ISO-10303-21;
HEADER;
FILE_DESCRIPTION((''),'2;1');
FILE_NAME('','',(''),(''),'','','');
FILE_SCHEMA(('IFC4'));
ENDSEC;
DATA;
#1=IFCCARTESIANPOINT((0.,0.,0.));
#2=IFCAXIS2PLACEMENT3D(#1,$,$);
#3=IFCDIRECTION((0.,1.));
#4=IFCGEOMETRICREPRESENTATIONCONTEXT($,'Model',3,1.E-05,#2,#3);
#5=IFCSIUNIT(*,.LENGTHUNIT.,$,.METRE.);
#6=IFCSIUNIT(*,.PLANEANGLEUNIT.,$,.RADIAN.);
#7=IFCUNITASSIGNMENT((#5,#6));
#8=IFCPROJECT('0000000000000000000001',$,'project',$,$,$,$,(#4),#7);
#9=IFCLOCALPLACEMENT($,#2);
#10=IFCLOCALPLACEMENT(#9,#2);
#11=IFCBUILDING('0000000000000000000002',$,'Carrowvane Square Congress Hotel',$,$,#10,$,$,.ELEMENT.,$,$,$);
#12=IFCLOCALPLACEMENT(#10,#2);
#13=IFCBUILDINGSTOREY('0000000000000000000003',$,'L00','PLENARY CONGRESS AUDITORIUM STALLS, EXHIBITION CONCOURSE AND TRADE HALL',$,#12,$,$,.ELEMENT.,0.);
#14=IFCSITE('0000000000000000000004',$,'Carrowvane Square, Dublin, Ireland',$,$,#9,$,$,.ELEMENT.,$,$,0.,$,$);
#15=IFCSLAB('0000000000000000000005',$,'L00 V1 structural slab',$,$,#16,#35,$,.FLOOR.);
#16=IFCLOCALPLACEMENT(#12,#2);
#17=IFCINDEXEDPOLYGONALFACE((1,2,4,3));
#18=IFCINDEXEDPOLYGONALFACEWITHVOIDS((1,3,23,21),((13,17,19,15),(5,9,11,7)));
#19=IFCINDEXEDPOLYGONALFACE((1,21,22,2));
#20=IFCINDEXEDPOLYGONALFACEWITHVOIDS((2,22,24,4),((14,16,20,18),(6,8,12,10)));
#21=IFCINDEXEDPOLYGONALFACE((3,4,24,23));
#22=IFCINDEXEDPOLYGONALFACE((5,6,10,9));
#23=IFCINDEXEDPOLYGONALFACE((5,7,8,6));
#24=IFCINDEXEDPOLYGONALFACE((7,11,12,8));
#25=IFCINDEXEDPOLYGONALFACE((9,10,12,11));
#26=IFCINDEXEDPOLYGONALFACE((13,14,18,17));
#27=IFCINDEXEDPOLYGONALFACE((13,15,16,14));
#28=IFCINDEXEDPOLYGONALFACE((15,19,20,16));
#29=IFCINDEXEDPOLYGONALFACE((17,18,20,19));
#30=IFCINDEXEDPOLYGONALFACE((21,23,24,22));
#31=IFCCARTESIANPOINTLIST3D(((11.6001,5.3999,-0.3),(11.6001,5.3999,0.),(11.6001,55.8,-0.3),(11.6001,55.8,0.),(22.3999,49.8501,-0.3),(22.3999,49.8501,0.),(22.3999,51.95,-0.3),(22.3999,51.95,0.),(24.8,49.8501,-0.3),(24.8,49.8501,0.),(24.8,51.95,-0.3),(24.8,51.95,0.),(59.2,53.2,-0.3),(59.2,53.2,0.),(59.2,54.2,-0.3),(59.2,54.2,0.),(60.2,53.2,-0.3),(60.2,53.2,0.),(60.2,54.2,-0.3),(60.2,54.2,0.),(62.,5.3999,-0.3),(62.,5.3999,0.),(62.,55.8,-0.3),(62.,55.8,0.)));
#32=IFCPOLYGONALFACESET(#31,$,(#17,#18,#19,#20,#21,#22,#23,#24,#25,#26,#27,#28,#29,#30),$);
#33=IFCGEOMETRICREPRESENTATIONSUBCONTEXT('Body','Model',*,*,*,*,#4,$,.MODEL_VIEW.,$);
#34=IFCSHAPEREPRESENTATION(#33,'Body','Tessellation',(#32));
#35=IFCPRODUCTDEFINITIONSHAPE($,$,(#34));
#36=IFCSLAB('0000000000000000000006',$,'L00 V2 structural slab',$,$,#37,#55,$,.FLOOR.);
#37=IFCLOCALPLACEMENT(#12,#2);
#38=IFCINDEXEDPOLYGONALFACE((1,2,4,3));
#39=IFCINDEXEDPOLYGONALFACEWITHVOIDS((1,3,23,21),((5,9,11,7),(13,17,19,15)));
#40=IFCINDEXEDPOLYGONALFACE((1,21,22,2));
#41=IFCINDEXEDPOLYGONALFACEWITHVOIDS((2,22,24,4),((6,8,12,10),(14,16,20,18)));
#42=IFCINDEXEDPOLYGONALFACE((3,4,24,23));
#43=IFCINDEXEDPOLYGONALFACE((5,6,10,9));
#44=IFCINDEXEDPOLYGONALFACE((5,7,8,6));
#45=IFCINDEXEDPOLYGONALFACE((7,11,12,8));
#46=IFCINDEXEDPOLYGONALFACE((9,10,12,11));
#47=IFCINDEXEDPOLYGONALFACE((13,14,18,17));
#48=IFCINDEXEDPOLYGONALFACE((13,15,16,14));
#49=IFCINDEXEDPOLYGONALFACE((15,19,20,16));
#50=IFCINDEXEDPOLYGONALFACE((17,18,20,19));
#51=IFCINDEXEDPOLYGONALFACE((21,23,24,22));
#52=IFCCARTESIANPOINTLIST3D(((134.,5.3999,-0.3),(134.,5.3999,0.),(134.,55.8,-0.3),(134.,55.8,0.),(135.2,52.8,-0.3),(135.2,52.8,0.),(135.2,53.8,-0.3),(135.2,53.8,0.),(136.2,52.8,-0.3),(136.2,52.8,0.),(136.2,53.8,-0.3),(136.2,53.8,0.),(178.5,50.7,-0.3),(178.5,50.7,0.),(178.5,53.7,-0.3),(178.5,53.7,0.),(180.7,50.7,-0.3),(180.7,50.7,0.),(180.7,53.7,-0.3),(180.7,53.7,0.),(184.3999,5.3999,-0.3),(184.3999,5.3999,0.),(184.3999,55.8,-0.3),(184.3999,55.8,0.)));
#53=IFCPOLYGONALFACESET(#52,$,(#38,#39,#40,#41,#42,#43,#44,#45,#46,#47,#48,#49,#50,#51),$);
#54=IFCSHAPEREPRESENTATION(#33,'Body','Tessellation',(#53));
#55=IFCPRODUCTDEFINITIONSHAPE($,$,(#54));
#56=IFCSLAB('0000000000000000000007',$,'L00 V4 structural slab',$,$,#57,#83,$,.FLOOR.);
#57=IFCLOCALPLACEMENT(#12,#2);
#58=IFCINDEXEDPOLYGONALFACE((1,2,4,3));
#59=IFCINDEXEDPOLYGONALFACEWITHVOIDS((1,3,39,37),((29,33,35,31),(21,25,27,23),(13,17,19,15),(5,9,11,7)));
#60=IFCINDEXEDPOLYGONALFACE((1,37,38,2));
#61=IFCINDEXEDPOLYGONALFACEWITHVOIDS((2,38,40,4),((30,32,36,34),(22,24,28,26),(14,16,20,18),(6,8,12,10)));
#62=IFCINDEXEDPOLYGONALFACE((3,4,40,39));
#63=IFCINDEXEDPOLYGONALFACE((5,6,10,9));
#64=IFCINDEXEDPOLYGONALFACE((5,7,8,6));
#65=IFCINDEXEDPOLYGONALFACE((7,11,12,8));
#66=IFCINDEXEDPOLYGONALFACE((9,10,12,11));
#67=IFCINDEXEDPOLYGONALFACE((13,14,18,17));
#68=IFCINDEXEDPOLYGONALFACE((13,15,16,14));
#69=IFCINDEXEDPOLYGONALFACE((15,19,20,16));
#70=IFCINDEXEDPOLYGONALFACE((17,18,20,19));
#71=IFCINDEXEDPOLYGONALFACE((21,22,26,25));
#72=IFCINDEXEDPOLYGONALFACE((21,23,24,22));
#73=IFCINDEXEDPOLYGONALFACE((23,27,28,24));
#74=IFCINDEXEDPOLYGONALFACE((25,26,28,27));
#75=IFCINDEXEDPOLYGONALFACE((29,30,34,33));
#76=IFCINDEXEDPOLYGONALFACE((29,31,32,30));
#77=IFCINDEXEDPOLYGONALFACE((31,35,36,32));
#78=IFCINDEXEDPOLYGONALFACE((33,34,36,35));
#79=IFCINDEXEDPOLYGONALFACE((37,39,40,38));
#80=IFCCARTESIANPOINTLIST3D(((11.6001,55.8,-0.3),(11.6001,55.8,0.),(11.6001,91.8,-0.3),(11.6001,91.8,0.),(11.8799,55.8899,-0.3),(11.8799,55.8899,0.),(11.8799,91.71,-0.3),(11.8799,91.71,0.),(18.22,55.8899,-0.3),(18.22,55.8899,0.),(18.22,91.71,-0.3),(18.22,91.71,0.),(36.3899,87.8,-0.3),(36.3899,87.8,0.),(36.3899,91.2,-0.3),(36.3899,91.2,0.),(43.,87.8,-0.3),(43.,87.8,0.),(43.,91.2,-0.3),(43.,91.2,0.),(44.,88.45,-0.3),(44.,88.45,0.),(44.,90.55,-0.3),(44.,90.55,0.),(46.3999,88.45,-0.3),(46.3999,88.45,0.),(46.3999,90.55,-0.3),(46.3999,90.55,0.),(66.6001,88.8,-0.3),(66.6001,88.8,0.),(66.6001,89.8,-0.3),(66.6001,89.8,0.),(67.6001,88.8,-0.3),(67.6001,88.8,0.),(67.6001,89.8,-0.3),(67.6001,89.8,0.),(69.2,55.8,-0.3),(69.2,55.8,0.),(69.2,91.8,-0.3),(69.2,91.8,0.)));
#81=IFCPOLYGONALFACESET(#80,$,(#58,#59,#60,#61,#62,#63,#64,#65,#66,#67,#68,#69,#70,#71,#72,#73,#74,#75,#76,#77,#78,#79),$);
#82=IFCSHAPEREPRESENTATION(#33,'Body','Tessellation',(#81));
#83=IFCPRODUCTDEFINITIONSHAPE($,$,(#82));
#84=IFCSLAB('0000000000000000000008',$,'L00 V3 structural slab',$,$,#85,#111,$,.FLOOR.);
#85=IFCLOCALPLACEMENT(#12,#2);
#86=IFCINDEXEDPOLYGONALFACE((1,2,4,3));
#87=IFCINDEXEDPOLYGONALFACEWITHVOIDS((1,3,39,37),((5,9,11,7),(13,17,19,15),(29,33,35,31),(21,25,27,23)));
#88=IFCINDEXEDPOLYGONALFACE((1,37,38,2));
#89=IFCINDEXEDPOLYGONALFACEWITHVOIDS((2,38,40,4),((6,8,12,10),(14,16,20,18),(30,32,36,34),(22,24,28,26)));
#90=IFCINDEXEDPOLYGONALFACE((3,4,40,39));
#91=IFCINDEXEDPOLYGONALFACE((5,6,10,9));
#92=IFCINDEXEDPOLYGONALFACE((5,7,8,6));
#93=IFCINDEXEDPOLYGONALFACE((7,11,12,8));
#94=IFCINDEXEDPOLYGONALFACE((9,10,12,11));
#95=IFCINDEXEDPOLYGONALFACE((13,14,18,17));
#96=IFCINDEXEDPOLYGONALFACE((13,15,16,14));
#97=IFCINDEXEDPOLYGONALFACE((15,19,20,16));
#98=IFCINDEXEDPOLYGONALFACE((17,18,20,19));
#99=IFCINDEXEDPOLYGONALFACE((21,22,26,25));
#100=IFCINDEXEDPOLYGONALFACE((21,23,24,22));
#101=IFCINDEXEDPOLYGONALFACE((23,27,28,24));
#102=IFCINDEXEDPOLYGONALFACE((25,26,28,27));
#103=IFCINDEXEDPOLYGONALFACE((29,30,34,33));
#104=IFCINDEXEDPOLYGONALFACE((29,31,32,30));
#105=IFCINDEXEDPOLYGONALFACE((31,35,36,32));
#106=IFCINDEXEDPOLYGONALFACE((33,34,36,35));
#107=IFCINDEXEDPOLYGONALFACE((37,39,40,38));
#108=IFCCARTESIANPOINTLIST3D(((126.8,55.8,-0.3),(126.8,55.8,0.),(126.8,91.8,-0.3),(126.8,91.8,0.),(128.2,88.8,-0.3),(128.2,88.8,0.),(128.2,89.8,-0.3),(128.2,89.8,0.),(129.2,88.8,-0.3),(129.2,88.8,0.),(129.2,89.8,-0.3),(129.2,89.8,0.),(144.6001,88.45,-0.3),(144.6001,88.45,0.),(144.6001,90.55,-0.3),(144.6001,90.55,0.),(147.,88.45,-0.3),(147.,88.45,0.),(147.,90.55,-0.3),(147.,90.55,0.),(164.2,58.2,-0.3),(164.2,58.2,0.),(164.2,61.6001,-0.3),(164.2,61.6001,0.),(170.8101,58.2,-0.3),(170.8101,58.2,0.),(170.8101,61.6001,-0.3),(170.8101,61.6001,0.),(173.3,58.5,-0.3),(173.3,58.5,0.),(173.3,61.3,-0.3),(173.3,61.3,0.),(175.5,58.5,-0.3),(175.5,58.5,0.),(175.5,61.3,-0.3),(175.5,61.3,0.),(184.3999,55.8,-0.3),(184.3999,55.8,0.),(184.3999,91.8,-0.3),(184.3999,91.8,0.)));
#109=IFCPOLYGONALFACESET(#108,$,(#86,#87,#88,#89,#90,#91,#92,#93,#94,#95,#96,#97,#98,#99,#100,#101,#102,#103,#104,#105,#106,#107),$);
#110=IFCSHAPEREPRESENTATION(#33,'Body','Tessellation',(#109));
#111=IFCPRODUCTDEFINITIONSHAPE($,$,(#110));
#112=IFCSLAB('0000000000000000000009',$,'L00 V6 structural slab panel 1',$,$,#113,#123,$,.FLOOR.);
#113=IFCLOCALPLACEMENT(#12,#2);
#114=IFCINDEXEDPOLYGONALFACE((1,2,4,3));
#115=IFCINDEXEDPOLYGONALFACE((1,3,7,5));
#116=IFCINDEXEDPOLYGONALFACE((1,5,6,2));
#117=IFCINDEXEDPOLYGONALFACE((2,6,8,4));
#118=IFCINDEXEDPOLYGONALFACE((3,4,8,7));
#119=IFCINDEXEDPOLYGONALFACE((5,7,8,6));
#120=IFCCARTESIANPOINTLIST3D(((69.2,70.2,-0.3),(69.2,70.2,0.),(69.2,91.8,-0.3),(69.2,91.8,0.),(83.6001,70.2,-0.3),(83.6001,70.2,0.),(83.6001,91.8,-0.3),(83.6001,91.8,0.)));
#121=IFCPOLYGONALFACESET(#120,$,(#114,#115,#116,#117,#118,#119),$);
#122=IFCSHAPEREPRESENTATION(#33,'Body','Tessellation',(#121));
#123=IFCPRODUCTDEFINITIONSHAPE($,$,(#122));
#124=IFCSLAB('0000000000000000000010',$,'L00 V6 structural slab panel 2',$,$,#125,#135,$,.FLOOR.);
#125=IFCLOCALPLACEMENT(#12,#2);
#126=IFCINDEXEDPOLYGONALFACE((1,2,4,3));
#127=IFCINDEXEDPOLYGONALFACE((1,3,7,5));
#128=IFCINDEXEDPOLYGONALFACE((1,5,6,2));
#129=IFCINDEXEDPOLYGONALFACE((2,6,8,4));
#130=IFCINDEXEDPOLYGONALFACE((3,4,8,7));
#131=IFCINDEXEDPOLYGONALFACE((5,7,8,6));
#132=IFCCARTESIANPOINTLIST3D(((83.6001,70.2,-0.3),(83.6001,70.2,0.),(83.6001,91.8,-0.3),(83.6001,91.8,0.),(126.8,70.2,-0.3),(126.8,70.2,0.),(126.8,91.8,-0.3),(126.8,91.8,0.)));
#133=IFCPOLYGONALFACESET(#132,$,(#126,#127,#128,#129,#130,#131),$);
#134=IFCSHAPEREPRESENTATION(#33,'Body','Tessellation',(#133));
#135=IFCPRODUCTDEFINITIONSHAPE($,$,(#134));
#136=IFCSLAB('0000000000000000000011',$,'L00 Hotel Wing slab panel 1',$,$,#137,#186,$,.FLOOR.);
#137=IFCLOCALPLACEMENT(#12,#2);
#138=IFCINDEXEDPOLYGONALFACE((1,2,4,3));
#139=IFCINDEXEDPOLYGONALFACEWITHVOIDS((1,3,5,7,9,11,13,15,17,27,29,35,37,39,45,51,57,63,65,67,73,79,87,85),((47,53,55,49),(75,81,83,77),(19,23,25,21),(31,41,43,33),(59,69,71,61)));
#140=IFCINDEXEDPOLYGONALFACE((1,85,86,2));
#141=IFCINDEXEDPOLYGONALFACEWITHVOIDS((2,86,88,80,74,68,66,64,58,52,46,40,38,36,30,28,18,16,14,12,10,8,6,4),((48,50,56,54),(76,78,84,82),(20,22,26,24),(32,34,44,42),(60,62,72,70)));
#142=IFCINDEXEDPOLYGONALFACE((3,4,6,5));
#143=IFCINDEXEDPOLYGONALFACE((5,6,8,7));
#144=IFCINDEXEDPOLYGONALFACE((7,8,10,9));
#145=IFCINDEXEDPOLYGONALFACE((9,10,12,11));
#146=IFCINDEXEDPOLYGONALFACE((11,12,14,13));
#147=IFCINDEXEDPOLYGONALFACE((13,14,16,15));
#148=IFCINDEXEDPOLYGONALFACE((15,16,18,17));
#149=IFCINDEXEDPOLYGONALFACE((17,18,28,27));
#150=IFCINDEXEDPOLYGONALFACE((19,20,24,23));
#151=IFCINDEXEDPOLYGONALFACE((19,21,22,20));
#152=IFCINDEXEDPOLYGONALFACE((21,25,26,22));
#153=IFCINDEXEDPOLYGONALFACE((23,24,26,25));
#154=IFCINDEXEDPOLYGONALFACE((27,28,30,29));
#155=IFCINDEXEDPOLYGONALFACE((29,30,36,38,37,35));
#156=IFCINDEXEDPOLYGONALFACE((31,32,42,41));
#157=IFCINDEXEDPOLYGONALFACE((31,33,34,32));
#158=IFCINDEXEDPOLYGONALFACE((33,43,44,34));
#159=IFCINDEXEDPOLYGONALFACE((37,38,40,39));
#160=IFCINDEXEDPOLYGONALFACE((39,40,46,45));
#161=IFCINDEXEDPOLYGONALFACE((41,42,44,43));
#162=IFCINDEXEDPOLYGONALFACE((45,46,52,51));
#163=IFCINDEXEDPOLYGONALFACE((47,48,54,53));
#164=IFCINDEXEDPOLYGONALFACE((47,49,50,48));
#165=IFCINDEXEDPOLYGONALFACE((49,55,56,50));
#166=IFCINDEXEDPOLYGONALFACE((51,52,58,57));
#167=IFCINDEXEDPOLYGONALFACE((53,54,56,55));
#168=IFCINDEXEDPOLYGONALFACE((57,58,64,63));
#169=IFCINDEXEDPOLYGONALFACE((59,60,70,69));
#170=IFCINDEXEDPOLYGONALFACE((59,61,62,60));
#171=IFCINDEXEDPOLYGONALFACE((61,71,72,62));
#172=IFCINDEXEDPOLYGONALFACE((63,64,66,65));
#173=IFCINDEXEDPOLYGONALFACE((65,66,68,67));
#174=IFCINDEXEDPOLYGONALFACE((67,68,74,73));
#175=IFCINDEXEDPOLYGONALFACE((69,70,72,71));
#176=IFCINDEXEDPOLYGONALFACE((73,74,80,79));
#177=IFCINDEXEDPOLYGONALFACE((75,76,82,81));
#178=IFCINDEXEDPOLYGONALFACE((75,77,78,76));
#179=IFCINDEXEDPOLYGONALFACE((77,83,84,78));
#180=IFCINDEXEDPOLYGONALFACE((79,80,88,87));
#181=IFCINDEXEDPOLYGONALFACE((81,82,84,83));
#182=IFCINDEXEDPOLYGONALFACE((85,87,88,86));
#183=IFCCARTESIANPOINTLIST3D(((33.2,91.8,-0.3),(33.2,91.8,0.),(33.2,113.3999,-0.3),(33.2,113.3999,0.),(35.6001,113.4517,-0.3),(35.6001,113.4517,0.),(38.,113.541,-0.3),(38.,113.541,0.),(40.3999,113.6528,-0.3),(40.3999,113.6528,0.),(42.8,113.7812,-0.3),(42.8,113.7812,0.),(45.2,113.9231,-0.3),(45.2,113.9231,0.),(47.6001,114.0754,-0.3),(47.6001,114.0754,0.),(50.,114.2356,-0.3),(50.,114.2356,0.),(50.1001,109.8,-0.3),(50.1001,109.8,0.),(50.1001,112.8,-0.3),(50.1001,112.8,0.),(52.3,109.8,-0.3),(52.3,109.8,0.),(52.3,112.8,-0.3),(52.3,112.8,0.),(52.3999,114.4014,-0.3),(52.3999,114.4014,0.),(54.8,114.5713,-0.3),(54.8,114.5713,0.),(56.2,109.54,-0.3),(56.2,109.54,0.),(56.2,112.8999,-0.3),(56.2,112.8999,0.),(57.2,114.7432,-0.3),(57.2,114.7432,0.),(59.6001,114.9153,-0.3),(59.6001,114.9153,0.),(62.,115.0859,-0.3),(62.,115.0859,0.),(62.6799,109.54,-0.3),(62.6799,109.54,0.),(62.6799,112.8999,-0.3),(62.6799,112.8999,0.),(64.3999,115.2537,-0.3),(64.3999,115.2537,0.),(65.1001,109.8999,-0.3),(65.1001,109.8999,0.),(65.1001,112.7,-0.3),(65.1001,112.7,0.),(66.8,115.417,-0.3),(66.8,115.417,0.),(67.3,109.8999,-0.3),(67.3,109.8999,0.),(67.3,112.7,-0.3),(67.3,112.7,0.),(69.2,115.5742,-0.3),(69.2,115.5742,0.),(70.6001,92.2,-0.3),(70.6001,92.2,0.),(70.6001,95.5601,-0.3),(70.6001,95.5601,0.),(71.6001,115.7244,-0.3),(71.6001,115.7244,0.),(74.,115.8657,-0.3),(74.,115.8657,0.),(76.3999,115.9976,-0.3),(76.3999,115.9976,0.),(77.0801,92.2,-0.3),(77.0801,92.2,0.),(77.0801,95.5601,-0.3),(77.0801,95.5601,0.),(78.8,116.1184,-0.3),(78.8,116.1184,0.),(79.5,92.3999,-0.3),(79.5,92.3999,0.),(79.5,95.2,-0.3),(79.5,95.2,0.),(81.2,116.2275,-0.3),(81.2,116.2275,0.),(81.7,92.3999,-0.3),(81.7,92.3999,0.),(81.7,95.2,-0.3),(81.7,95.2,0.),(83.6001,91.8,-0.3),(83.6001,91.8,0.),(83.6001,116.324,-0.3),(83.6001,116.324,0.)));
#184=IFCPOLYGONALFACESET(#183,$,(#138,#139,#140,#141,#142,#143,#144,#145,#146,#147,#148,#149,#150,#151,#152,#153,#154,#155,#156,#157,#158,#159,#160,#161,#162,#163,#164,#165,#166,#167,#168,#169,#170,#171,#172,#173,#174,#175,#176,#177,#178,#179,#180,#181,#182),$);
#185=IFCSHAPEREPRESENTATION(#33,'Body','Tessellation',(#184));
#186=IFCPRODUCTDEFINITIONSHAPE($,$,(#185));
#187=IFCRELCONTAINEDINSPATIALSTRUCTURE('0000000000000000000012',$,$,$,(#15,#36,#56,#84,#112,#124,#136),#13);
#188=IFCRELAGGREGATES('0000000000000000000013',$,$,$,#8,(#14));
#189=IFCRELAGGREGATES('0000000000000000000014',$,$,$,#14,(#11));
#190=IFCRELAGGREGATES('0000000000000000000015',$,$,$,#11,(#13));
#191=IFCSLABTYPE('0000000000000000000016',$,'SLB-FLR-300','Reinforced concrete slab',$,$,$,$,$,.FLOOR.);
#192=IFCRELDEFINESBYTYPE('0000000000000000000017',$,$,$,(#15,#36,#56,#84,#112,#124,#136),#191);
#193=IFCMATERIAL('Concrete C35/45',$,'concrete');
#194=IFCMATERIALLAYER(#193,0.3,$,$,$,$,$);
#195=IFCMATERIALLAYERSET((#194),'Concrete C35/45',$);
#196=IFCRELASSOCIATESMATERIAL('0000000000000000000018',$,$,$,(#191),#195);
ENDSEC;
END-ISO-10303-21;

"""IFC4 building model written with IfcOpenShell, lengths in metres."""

from ifc_helpers import new_model, si_unit, direction, frame, origin, place, context, subcontext, project, spatial, polyline, outline, extrude, material, layer, layer_set, type_object, element, save


model = new_model("IFC4")

# Units and contexts
model_context = context("Model", 3, precision=1e-05, world=origin(), true_north=direction((0.0, 1.0)))
body_context = subcontext(model_context, "Body", "Model", "MODEL_VIEW")
ifc_project = project(units=[si_unit("LENGTHUNIT", "METRE"), si_unit("PLANEANGLEUNIT", "RADIAN")], contexts=[model_context])

# Site, building, storey
site_placement = place(None, origin())
site = spatial("IfcSite", under=ifc_project, at=site_placement, Name="Carrowvane Square, Dublin, Ireland", CompositionType="ELEMENT", RefElevation=0.0)
building_placement = place(site_placement, origin())
building = spatial("IfcBuilding", under=site, at=building_placement, Name="Carrowvane Square Congress Hotel", CompositionType="ELEMENT")
storey_placement = place(building_placement, origin())
storey = spatial("IfcBuildingStorey", under=building, at=storey_placement, Name="L00", Description="PLENARY CONGRESS AUDITORIUM STALLS, EXHIBITION CONCOURSE AND TRADE HALL", CompositionType="ELEMENT", Elevation=0.0)

# Slabs
ifc_material_1 = material(Name="Concrete C35/45", Category="concrete")
ifc_layer_1 = layer(ifc_material_1, 0.3)
ifc_layer_set_1 = layer_set([ifc_layer_1], Name="Concrete C35/45")
slab_type_1 = type_object("IfcSlabType", Name="SLB-FLR-300", Description="Reinforced concrete slab", PredefinedType="FLOOR", material=ifc_layer_set_1)
slab_1_placement = place(storey_placement, frame((0.0, 0.0, -0.3)))
element("IfcSlab", 1, at=slab_1_placement, inside=storey, type_object=slab_type_1, Name="L00 V1 structural slab", PredefinedType="FLOOR", context=body_context, shape_type="SweptSolid", body=[
    extrude(outline(polyline([(11.6001, 5.3999), (62.0, 5.3999), (62.0, 55.8), (11.6001, 55.8), (11.6001, 5.3999)]), holes=[polyline([(59.2, 53.2), (60.2, 53.2), (60.2, 54.2), (59.2, 54.2), (59.2, 53.2)]), polyline([(22.3999, 49.8501), (24.8, 49.8501), (24.8, 51.95), (22.3999, 51.95), (22.3999, 49.8501)])]), origin(), (0.0, 0.0, 1.0), 0.3),
])
slab_2_placement = place(storey_placement, frame((0.0, 0.0, -0.3)))
element("IfcSlab", 2, at=slab_2_placement, inside=storey, type_object=slab_type_1, Name="L00 V2 structural slab", PredefinedType="FLOOR", context=body_context, shape_type="SweptSolid", body=[
    extrude(outline(polyline([(134.0, 5.3999), (184.3999, 5.3999), (184.3999, 55.8), (134.0, 55.8), (134.0, 5.3999)]), holes=[polyline([(135.2, 52.8), (136.2, 52.8), (136.2, 53.8), (135.2, 53.8), (135.2, 52.8)]), polyline([(178.5, 50.7), (180.7, 50.7), (180.7, 53.7), (178.5, 53.7), (178.5, 50.7)])]), origin(), (0.0, 0.0, 1.0), 0.3),
])
slab_3_placement = place(storey_placement, frame((0.0, 0.0, -0.3)))
element("IfcSlab", 3, at=slab_3_placement, inside=storey, type_object=slab_type_1, Name="L00 V4 structural slab", PredefinedType="FLOOR", context=body_context, shape_type="SweptSolid", body=[
    extrude(outline(polyline([(11.6001, 55.8), (69.2, 55.8), (69.2, 91.8), (11.6001, 91.8), (11.6001, 55.8)]), holes=[polyline([(36.3899, 87.8), (43.0, 87.8), (43.0, 91.2), (36.3899, 91.2), (36.3899, 87.8)]), polyline([(66.6001, 88.8), (67.6001, 88.8), (67.6001, 89.8), (66.6001, 89.8), (66.6001, 88.8)]), polyline([(44.0, 88.45), (46.3999, 88.45), (46.3999, 90.55), (44.0, 90.55), (44.0, 88.45)]), polyline([(11.8799, 55.8899), (18.22, 55.8899), (18.22, 91.71), (11.8799, 91.71), (11.8799, 55.8899)])]), origin(), (0.0, 0.0, 1.0), 0.3),
])
slab_4_placement = place(storey_placement, frame((0.0, 0.0, -0.3)))
element("IfcSlab", 4, at=slab_4_placement, inside=storey, type_object=slab_type_1, Name="L00 V3 structural slab", PredefinedType="FLOOR", context=body_context, shape_type="SweptSolid", body=[
    extrude(outline(polyline([(126.8, 55.8), (184.3999, 55.8), (184.3999, 91.8), (126.8, 91.8), (126.8, 55.8)]), holes=[polyline([(170.8101, 61.6001), (164.2, 61.6001), (164.2, 58.2), (170.8101, 58.2), (170.8101, 61.6001)]), polyline([(128.2, 88.8), (129.2, 88.8), (129.2, 89.8), (128.2, 89.8), (128.2, 88.8)]), polyline([(173.3, 58.5), (175.5, 58.5), (175.5, 61.3), (173.3, 61.3), (173.3, 58.5)]), polyline([(144.6001, 88.45), (147.0, 88.45), (147.0, 90.55), (144.6001, 90.55), (144.6001, 88.45)])]), origin(), (0.0, 0.0, 1.0), 0.3),
])
slab_5_placement = place(storey_placement, frame((0.0, 0.0, -0.3)))
element("IfcSlab", 5, at=slab_5_placement, inside=storey, type_object=slab_type_1, Name="L00 V6 structural slab panel 1", PredefinedType="FLOOR", context=body_context, shape_type="SweptSolid", body=[
    extrude(outline(polyline([(69.2, 70.2), (83.6001, 70.2), (83.6001, 91.8), (69.2, 91.8), (69.2, 70.2)])), origin(), (0.0, 0.0, 1.0), 0.3),
])
slab_6_placement = place(storey_placement, frame((0.0, 0.0, -0.3)))
element("IfcSlab", 6, at=slab_6_placement, inside=storey, type_object=slab_type_1, Name="L00 V6 structural slab panel 2", PredefinedType="FLOOR", context=body_context, shape_type="SweptSolid", body=[
    extrude(outline(polyline([(83.6001, 70.2), (126.8, 70.2), (126.8, 91.8), (83.6001, 91.8), (83.6001, 70.2)])), origin(), (0.0, 0.0, 1.0), 0.3),
])
slab_7_placement = place(storey_placement, frame((0.0, 0.0, -0.3)))
element("IfcSlab", 7, at=slab_7_placement, inside=storey, type_object=slab_type_1, Name="L00 Hotel Wing slab panel 1", PredefinedType="FLOOR", context=body_context, shape_type="SweptSolid", body=[
    extrude(outline(polyline([(33.2, 91.8), (83.6001, 91.8), (83.6001, 116.324), (81.2, 116.2275), (78.8, 116.1184), (76.3999, 115.9976), (74.0, 115.8657), (71.6001, 115.7244), (69.2, 115.5742), (66.8, 115.417), (64.3999, 115.2537), (62.0, 115.0859), (59.6001, 114.9153), (57.2, 114.7432), (54.8, 114.5713), (52.3999, 114.4014), (50.0, 114.2356), (47.6001, 114.0754), (45.2, 113.9231), (42.8, 113.7812), (40.3999, 113.6528), (38.0, 113.541), (35.6001, 113.4517), (33.2, 113.3999), (33.2, 91.8)]), holes=[polyline([(62.6799, 112.8999), (56.2, 112.8999), (56.2, 109.54), (62.6799, 109.54), (62.6799, 112.8999)]), polyline([(77.0801, 95.5601), (70.6001, 95.5601), (70.6001, 92.2), (77.0801, 92.2), (77.0801, 95.5601)]), polyline([(65.1001, 109.8999), (67.3, 109.8999), (67.3, 112.7), (65.1001, 112.7), (65.1001, 109.8999)]), polyline([(79.5, 92.3999), (81.7, 92.3999), (81.7, 95.2), (79.5, 95.2), (79.5, 92.3999)]), polyline([(50.1001, 109.8), (52.3, 109.8), (52.3, 112.8), (50.1001, 112.8), (50.1001, 109.8)])]), origin(), (0.0, 0.0, 1.0), 0.3),
])

save(model, "model.ifc")
